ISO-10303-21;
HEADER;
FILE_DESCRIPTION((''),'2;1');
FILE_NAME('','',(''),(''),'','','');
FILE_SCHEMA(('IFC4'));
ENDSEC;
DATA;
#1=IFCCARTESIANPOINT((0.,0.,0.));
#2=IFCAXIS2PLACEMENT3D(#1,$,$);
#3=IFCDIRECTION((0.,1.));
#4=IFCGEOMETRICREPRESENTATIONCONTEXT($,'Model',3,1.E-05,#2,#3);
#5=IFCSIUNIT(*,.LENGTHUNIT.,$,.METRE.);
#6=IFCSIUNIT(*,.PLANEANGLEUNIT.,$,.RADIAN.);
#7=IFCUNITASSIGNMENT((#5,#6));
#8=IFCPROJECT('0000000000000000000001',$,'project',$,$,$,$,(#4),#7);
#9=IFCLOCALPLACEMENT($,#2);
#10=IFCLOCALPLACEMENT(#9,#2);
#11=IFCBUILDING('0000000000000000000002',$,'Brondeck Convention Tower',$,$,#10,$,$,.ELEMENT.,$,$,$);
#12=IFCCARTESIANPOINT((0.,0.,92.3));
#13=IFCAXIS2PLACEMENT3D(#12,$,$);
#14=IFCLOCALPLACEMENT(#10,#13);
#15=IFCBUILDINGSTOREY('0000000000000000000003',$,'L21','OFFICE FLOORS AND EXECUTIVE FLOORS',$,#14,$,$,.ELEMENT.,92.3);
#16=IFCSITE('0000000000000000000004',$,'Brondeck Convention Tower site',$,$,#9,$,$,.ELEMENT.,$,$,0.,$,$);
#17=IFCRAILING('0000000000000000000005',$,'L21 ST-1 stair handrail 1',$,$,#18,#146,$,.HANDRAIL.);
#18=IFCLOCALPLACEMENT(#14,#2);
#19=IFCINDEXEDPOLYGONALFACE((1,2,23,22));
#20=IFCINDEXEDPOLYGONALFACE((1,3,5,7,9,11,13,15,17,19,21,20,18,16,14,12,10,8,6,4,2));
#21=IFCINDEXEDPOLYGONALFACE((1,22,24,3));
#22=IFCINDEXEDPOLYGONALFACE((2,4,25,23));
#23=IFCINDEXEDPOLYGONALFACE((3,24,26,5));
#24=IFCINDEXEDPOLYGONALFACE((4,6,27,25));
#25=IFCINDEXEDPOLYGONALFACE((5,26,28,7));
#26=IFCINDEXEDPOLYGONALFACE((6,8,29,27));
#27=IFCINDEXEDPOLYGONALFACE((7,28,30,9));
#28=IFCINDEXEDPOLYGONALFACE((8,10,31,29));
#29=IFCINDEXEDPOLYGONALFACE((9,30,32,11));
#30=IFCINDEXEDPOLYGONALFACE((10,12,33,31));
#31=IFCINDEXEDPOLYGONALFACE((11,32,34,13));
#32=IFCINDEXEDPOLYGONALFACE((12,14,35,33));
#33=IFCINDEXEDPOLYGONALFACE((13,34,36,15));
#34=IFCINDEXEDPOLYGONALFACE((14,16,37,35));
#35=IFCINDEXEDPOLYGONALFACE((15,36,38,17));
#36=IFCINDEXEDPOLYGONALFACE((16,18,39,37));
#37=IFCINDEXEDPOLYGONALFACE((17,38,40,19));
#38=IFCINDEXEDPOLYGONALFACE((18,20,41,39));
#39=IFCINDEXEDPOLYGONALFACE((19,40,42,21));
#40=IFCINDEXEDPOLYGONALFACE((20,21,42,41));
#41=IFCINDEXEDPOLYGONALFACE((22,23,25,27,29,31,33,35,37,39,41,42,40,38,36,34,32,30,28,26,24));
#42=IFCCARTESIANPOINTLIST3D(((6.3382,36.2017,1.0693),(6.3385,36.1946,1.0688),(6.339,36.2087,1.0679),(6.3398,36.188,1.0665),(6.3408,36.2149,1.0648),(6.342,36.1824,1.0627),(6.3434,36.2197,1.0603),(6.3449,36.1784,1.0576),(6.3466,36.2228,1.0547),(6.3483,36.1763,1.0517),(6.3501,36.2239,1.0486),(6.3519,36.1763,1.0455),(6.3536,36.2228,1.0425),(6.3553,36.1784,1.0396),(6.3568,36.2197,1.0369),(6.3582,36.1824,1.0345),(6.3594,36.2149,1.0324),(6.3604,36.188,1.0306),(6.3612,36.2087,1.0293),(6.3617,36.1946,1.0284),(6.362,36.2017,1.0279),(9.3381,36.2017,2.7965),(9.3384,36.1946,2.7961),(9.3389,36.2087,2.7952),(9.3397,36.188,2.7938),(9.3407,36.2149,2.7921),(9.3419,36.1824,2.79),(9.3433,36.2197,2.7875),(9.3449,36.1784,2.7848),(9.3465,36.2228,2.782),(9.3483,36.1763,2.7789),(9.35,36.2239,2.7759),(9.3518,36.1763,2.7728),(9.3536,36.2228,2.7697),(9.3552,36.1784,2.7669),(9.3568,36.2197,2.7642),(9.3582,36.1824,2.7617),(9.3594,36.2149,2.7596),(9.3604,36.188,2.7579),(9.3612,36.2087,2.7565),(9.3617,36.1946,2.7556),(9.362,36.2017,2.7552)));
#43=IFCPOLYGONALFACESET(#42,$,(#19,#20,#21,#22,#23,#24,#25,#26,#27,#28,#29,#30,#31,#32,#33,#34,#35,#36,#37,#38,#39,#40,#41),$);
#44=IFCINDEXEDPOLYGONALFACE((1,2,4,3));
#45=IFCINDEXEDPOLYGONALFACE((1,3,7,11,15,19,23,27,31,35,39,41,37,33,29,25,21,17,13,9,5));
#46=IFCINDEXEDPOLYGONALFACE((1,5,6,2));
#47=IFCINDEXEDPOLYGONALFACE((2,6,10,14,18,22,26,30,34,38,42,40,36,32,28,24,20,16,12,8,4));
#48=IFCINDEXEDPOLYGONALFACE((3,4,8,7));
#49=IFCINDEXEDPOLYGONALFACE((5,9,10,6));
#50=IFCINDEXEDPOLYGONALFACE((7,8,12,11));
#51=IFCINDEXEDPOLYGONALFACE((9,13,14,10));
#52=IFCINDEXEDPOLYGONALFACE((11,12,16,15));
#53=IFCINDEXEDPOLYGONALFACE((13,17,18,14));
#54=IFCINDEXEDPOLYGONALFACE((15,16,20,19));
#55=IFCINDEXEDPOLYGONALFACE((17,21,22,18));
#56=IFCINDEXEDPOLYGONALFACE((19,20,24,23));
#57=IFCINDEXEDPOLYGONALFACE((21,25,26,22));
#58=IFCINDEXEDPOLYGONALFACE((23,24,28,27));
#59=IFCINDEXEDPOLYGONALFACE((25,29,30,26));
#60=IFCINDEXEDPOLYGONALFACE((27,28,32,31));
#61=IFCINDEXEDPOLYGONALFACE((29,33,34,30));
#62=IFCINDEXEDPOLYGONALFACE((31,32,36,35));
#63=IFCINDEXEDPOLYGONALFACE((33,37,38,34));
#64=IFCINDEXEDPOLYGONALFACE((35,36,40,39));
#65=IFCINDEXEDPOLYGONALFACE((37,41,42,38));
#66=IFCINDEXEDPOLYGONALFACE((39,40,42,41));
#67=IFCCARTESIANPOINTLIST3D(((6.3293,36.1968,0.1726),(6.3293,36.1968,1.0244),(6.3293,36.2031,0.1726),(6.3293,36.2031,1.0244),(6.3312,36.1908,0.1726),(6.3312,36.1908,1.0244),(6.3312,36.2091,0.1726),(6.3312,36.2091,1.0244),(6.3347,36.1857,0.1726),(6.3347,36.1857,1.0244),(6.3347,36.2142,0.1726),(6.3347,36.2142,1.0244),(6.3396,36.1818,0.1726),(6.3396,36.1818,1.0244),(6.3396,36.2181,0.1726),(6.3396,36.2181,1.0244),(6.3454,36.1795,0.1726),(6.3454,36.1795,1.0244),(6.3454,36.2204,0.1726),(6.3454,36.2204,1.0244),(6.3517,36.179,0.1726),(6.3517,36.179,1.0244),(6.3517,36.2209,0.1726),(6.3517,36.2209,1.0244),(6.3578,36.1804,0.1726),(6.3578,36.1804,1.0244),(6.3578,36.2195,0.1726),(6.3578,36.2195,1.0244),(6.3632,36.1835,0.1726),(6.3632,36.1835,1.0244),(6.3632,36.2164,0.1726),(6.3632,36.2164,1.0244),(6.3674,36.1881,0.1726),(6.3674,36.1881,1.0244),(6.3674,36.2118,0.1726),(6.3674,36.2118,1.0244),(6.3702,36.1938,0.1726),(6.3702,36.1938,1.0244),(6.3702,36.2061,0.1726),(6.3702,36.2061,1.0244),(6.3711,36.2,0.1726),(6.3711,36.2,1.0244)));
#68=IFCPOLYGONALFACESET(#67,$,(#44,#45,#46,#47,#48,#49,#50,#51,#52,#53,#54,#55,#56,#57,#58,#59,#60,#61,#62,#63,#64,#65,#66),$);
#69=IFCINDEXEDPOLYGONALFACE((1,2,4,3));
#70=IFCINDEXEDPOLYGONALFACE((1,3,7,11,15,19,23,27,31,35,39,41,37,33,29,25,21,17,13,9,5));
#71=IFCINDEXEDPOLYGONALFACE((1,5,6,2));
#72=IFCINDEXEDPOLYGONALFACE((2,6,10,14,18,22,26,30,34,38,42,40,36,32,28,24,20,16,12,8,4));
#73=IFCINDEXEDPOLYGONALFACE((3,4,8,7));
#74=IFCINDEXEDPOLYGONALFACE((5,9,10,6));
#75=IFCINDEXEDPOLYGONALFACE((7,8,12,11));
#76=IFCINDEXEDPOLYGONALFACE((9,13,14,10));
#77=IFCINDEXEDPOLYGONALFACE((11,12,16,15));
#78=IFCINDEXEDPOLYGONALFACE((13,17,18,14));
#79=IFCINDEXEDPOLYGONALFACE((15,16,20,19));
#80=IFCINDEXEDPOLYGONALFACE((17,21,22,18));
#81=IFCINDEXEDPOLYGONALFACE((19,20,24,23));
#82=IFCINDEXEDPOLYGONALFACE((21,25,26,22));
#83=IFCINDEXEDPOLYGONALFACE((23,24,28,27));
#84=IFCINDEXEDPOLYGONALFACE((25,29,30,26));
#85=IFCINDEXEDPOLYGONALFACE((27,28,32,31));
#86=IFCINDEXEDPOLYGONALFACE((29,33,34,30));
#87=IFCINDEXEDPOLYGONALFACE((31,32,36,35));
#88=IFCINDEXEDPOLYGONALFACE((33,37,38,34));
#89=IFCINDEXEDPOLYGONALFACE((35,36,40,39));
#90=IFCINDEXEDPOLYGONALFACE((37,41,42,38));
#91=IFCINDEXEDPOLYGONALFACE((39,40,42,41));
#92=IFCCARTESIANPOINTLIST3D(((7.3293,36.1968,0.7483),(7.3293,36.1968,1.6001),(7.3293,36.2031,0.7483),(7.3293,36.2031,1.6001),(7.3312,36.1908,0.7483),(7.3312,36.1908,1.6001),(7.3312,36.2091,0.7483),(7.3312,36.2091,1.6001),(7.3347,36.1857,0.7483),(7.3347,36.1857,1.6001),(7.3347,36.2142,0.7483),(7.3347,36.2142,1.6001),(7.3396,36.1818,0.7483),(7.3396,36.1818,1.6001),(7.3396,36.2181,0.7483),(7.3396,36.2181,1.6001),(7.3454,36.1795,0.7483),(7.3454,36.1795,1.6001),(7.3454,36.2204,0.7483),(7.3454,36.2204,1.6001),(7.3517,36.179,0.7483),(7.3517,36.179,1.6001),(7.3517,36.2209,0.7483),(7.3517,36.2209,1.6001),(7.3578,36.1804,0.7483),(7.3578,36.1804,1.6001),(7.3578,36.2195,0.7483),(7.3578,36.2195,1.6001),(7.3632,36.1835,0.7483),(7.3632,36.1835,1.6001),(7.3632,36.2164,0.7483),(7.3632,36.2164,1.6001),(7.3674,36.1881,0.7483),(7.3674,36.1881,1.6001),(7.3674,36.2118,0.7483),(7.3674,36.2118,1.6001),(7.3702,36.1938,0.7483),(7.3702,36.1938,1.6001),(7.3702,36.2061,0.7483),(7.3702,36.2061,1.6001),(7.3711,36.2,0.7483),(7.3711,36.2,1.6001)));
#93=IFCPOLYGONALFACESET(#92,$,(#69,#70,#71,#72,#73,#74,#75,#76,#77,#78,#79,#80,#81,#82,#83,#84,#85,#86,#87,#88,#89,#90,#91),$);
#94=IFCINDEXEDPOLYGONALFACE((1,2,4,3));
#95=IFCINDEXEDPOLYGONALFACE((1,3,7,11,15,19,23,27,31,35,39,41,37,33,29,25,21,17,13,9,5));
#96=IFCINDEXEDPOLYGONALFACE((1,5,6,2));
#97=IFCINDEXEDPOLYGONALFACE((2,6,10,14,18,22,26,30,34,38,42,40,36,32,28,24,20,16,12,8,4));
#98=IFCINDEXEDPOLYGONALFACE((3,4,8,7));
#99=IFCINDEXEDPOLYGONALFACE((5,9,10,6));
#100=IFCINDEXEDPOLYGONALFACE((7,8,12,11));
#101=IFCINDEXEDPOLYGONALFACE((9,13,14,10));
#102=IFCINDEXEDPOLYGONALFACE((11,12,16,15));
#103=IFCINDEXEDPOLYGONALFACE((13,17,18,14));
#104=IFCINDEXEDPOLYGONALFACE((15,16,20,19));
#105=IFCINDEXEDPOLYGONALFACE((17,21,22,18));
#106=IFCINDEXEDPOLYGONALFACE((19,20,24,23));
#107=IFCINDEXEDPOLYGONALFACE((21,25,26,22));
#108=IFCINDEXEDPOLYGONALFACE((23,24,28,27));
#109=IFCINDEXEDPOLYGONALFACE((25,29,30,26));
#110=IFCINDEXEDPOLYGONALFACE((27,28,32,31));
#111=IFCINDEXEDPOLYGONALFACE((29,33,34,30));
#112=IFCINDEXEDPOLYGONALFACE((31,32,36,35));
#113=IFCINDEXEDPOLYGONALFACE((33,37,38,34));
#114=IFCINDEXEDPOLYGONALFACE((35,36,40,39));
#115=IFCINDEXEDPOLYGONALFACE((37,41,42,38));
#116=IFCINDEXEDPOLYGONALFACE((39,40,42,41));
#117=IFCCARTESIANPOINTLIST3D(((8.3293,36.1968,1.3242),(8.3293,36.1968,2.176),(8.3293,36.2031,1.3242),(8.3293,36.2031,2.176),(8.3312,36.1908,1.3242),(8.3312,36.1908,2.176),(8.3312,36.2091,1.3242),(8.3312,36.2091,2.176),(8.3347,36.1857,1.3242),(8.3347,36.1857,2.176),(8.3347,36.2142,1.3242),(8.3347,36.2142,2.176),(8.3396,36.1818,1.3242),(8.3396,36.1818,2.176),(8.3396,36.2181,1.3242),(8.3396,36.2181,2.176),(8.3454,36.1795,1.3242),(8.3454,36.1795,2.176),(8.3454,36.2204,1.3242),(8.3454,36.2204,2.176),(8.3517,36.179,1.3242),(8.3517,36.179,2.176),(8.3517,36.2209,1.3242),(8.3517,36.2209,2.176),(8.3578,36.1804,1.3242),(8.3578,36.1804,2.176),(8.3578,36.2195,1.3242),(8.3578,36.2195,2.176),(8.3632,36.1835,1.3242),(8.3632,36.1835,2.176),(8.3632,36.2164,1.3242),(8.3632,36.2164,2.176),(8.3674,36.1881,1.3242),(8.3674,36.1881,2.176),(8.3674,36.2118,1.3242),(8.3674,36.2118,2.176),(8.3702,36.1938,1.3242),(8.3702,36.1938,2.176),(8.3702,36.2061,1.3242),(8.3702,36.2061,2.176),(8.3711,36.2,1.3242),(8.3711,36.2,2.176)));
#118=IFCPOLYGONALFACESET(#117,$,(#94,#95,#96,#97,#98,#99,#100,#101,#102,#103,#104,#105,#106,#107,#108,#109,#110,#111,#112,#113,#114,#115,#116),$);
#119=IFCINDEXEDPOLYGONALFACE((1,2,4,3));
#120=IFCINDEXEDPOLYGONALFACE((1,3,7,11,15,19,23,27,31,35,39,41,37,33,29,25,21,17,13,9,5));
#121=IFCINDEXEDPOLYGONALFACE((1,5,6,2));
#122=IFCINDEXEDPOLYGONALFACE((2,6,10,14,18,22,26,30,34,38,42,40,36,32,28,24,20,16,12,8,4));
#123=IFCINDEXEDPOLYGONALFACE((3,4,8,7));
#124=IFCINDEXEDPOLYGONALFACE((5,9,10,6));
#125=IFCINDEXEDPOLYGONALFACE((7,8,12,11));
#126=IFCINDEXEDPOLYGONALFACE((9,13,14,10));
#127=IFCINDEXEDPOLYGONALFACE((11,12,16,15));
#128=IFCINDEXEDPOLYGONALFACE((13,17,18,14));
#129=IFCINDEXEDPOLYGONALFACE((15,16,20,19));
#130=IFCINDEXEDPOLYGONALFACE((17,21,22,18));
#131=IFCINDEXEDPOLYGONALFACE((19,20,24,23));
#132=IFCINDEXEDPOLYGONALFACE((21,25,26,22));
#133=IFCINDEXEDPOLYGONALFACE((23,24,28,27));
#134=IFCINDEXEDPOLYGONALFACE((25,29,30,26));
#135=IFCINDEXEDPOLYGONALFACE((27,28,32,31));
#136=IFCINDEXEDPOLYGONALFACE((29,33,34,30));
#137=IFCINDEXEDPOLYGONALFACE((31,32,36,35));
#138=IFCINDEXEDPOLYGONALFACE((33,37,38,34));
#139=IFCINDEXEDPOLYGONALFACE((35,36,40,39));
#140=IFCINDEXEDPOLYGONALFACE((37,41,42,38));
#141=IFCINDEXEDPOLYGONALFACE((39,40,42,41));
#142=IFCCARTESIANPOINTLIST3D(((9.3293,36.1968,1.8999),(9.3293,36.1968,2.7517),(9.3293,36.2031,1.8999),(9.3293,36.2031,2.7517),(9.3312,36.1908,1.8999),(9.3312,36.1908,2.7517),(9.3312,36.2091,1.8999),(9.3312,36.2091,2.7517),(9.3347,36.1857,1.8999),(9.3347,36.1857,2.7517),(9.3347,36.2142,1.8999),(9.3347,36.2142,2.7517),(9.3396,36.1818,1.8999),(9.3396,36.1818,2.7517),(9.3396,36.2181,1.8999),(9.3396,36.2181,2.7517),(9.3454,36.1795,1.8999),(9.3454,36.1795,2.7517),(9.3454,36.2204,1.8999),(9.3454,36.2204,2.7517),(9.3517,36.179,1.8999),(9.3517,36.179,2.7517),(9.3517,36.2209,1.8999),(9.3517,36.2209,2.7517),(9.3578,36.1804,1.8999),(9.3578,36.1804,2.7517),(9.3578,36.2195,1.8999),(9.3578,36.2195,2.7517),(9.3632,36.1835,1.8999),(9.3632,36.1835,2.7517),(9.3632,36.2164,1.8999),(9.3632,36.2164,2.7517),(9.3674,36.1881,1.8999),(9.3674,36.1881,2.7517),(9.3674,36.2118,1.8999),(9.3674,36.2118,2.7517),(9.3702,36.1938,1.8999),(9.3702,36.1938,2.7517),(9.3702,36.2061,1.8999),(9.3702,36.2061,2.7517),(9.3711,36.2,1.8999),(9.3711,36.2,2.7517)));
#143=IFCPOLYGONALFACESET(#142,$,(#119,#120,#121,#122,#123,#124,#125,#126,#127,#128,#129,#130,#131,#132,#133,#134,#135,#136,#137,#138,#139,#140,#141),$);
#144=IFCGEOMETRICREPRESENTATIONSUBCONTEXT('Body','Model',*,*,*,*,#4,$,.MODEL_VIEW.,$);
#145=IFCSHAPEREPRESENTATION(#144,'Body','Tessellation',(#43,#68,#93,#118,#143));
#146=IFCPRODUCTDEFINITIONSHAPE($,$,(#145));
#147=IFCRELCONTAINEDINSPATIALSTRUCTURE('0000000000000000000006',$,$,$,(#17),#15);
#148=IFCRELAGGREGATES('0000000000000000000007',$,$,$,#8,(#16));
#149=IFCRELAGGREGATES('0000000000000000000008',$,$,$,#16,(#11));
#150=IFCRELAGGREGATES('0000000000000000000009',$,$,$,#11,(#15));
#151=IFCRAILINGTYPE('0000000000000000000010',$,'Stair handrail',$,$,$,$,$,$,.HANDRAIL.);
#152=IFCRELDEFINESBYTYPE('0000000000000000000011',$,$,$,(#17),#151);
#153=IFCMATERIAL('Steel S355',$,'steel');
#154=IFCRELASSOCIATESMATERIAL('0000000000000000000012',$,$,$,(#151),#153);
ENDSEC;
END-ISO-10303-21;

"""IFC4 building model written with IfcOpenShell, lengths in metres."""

from ifc_helpers import new_model, si_unit, direction, frame, origin, origin_2d, place, context, subcontext, project, spatial, circle, extrude, material, type_object, element, save


model = new_model("IFC4")

# Units and contexts
model_context = context("Model", 3, precision=1e-05, world=origin(), true_north=direction((0.0, 1.0)))
body_context = subcontext(model_context, "Body", "Model", "MODEL_VIEW")
ifc_project = project(units=[si_unit("LENGTHUNIT", "METRE"), si_unit("PLANEANGLEUNIT", "RADIAN")], contexts=[model_context])

# Site, building, storey
site_placement = place(None, origin())
site = spatial("IfcSite", under=ifc_project, at=site_placement, Name="Brondeck Convention Tower site", CompositionType="ELEMENT", RefElevation=0.0)
building_placement = place(site_placement, origin())
building = spatial("IfcBuilding", under=site, at=building_placement, Name="Brondeck Convention Tower", CompositionType="ELEMENT")
storey_placement = place(building_placement, frame((0.0, 0.0, 92.3)))
storey = spatial("IfcBuildingStorey", under=building, at=storey_placement, Name="L21", Description="OFFICE FLOORS AND EXECUTIVE FLOORS", CompositionType="ELEMENT", Elevation=92.3)

# Railing
ifc_material_1 = material(Name="Steel S355", Category="steel")
railing_type_1 = type_object("IfcRailingType", Name="Stair handrail", PredefinedType="HANDRAIL", material=ifc_material_1)
railing_1_placement = place(storey_placement, frame((6.3501, 36.2, 0.1726)))
element("IfcRailing", 1, at=railing_1_placement, inside=storey, type_object=railing_type_1, Name="L21 ST-1 stair handrail 1", PredefinedType="HANDRAIL", context=body_context, shape_type="SweptSolid", body=[
    extrude(circle(Radius=0.0239, at=origin_2d()), frame((0.0, 0.0, 0.876), z_axis=(0.86662, 0.0, 0.498969), x_axis=(0.0, 1.0, 0.0)), (0.0, 0.0, 1.0), 3.4617),
    extrude(circle(Radius=0.021, at=origin_2d()), origin(), (0.0, 0.0, 1.0), 0.8518),
    extrude(circle(Radius=0.021, at=origin_2d()), frame((1.0, 0.0, 0.5757)), (0.0, 0.0, 1.0), 0.8518),
    extrude(circle(Radius=0.021, at=origin_2d()), frame((2.0, 0.0, 1.1516)), (0.0, 0.0, 1.0), 0.8518),
    extrude(circle(Radius=0.021, at=origin_2d()), frame((3.0, 0.0, 1.7273)), (0.0, 0.0, 1.0), 0.8518),
])

save(model, "model.ifc")
